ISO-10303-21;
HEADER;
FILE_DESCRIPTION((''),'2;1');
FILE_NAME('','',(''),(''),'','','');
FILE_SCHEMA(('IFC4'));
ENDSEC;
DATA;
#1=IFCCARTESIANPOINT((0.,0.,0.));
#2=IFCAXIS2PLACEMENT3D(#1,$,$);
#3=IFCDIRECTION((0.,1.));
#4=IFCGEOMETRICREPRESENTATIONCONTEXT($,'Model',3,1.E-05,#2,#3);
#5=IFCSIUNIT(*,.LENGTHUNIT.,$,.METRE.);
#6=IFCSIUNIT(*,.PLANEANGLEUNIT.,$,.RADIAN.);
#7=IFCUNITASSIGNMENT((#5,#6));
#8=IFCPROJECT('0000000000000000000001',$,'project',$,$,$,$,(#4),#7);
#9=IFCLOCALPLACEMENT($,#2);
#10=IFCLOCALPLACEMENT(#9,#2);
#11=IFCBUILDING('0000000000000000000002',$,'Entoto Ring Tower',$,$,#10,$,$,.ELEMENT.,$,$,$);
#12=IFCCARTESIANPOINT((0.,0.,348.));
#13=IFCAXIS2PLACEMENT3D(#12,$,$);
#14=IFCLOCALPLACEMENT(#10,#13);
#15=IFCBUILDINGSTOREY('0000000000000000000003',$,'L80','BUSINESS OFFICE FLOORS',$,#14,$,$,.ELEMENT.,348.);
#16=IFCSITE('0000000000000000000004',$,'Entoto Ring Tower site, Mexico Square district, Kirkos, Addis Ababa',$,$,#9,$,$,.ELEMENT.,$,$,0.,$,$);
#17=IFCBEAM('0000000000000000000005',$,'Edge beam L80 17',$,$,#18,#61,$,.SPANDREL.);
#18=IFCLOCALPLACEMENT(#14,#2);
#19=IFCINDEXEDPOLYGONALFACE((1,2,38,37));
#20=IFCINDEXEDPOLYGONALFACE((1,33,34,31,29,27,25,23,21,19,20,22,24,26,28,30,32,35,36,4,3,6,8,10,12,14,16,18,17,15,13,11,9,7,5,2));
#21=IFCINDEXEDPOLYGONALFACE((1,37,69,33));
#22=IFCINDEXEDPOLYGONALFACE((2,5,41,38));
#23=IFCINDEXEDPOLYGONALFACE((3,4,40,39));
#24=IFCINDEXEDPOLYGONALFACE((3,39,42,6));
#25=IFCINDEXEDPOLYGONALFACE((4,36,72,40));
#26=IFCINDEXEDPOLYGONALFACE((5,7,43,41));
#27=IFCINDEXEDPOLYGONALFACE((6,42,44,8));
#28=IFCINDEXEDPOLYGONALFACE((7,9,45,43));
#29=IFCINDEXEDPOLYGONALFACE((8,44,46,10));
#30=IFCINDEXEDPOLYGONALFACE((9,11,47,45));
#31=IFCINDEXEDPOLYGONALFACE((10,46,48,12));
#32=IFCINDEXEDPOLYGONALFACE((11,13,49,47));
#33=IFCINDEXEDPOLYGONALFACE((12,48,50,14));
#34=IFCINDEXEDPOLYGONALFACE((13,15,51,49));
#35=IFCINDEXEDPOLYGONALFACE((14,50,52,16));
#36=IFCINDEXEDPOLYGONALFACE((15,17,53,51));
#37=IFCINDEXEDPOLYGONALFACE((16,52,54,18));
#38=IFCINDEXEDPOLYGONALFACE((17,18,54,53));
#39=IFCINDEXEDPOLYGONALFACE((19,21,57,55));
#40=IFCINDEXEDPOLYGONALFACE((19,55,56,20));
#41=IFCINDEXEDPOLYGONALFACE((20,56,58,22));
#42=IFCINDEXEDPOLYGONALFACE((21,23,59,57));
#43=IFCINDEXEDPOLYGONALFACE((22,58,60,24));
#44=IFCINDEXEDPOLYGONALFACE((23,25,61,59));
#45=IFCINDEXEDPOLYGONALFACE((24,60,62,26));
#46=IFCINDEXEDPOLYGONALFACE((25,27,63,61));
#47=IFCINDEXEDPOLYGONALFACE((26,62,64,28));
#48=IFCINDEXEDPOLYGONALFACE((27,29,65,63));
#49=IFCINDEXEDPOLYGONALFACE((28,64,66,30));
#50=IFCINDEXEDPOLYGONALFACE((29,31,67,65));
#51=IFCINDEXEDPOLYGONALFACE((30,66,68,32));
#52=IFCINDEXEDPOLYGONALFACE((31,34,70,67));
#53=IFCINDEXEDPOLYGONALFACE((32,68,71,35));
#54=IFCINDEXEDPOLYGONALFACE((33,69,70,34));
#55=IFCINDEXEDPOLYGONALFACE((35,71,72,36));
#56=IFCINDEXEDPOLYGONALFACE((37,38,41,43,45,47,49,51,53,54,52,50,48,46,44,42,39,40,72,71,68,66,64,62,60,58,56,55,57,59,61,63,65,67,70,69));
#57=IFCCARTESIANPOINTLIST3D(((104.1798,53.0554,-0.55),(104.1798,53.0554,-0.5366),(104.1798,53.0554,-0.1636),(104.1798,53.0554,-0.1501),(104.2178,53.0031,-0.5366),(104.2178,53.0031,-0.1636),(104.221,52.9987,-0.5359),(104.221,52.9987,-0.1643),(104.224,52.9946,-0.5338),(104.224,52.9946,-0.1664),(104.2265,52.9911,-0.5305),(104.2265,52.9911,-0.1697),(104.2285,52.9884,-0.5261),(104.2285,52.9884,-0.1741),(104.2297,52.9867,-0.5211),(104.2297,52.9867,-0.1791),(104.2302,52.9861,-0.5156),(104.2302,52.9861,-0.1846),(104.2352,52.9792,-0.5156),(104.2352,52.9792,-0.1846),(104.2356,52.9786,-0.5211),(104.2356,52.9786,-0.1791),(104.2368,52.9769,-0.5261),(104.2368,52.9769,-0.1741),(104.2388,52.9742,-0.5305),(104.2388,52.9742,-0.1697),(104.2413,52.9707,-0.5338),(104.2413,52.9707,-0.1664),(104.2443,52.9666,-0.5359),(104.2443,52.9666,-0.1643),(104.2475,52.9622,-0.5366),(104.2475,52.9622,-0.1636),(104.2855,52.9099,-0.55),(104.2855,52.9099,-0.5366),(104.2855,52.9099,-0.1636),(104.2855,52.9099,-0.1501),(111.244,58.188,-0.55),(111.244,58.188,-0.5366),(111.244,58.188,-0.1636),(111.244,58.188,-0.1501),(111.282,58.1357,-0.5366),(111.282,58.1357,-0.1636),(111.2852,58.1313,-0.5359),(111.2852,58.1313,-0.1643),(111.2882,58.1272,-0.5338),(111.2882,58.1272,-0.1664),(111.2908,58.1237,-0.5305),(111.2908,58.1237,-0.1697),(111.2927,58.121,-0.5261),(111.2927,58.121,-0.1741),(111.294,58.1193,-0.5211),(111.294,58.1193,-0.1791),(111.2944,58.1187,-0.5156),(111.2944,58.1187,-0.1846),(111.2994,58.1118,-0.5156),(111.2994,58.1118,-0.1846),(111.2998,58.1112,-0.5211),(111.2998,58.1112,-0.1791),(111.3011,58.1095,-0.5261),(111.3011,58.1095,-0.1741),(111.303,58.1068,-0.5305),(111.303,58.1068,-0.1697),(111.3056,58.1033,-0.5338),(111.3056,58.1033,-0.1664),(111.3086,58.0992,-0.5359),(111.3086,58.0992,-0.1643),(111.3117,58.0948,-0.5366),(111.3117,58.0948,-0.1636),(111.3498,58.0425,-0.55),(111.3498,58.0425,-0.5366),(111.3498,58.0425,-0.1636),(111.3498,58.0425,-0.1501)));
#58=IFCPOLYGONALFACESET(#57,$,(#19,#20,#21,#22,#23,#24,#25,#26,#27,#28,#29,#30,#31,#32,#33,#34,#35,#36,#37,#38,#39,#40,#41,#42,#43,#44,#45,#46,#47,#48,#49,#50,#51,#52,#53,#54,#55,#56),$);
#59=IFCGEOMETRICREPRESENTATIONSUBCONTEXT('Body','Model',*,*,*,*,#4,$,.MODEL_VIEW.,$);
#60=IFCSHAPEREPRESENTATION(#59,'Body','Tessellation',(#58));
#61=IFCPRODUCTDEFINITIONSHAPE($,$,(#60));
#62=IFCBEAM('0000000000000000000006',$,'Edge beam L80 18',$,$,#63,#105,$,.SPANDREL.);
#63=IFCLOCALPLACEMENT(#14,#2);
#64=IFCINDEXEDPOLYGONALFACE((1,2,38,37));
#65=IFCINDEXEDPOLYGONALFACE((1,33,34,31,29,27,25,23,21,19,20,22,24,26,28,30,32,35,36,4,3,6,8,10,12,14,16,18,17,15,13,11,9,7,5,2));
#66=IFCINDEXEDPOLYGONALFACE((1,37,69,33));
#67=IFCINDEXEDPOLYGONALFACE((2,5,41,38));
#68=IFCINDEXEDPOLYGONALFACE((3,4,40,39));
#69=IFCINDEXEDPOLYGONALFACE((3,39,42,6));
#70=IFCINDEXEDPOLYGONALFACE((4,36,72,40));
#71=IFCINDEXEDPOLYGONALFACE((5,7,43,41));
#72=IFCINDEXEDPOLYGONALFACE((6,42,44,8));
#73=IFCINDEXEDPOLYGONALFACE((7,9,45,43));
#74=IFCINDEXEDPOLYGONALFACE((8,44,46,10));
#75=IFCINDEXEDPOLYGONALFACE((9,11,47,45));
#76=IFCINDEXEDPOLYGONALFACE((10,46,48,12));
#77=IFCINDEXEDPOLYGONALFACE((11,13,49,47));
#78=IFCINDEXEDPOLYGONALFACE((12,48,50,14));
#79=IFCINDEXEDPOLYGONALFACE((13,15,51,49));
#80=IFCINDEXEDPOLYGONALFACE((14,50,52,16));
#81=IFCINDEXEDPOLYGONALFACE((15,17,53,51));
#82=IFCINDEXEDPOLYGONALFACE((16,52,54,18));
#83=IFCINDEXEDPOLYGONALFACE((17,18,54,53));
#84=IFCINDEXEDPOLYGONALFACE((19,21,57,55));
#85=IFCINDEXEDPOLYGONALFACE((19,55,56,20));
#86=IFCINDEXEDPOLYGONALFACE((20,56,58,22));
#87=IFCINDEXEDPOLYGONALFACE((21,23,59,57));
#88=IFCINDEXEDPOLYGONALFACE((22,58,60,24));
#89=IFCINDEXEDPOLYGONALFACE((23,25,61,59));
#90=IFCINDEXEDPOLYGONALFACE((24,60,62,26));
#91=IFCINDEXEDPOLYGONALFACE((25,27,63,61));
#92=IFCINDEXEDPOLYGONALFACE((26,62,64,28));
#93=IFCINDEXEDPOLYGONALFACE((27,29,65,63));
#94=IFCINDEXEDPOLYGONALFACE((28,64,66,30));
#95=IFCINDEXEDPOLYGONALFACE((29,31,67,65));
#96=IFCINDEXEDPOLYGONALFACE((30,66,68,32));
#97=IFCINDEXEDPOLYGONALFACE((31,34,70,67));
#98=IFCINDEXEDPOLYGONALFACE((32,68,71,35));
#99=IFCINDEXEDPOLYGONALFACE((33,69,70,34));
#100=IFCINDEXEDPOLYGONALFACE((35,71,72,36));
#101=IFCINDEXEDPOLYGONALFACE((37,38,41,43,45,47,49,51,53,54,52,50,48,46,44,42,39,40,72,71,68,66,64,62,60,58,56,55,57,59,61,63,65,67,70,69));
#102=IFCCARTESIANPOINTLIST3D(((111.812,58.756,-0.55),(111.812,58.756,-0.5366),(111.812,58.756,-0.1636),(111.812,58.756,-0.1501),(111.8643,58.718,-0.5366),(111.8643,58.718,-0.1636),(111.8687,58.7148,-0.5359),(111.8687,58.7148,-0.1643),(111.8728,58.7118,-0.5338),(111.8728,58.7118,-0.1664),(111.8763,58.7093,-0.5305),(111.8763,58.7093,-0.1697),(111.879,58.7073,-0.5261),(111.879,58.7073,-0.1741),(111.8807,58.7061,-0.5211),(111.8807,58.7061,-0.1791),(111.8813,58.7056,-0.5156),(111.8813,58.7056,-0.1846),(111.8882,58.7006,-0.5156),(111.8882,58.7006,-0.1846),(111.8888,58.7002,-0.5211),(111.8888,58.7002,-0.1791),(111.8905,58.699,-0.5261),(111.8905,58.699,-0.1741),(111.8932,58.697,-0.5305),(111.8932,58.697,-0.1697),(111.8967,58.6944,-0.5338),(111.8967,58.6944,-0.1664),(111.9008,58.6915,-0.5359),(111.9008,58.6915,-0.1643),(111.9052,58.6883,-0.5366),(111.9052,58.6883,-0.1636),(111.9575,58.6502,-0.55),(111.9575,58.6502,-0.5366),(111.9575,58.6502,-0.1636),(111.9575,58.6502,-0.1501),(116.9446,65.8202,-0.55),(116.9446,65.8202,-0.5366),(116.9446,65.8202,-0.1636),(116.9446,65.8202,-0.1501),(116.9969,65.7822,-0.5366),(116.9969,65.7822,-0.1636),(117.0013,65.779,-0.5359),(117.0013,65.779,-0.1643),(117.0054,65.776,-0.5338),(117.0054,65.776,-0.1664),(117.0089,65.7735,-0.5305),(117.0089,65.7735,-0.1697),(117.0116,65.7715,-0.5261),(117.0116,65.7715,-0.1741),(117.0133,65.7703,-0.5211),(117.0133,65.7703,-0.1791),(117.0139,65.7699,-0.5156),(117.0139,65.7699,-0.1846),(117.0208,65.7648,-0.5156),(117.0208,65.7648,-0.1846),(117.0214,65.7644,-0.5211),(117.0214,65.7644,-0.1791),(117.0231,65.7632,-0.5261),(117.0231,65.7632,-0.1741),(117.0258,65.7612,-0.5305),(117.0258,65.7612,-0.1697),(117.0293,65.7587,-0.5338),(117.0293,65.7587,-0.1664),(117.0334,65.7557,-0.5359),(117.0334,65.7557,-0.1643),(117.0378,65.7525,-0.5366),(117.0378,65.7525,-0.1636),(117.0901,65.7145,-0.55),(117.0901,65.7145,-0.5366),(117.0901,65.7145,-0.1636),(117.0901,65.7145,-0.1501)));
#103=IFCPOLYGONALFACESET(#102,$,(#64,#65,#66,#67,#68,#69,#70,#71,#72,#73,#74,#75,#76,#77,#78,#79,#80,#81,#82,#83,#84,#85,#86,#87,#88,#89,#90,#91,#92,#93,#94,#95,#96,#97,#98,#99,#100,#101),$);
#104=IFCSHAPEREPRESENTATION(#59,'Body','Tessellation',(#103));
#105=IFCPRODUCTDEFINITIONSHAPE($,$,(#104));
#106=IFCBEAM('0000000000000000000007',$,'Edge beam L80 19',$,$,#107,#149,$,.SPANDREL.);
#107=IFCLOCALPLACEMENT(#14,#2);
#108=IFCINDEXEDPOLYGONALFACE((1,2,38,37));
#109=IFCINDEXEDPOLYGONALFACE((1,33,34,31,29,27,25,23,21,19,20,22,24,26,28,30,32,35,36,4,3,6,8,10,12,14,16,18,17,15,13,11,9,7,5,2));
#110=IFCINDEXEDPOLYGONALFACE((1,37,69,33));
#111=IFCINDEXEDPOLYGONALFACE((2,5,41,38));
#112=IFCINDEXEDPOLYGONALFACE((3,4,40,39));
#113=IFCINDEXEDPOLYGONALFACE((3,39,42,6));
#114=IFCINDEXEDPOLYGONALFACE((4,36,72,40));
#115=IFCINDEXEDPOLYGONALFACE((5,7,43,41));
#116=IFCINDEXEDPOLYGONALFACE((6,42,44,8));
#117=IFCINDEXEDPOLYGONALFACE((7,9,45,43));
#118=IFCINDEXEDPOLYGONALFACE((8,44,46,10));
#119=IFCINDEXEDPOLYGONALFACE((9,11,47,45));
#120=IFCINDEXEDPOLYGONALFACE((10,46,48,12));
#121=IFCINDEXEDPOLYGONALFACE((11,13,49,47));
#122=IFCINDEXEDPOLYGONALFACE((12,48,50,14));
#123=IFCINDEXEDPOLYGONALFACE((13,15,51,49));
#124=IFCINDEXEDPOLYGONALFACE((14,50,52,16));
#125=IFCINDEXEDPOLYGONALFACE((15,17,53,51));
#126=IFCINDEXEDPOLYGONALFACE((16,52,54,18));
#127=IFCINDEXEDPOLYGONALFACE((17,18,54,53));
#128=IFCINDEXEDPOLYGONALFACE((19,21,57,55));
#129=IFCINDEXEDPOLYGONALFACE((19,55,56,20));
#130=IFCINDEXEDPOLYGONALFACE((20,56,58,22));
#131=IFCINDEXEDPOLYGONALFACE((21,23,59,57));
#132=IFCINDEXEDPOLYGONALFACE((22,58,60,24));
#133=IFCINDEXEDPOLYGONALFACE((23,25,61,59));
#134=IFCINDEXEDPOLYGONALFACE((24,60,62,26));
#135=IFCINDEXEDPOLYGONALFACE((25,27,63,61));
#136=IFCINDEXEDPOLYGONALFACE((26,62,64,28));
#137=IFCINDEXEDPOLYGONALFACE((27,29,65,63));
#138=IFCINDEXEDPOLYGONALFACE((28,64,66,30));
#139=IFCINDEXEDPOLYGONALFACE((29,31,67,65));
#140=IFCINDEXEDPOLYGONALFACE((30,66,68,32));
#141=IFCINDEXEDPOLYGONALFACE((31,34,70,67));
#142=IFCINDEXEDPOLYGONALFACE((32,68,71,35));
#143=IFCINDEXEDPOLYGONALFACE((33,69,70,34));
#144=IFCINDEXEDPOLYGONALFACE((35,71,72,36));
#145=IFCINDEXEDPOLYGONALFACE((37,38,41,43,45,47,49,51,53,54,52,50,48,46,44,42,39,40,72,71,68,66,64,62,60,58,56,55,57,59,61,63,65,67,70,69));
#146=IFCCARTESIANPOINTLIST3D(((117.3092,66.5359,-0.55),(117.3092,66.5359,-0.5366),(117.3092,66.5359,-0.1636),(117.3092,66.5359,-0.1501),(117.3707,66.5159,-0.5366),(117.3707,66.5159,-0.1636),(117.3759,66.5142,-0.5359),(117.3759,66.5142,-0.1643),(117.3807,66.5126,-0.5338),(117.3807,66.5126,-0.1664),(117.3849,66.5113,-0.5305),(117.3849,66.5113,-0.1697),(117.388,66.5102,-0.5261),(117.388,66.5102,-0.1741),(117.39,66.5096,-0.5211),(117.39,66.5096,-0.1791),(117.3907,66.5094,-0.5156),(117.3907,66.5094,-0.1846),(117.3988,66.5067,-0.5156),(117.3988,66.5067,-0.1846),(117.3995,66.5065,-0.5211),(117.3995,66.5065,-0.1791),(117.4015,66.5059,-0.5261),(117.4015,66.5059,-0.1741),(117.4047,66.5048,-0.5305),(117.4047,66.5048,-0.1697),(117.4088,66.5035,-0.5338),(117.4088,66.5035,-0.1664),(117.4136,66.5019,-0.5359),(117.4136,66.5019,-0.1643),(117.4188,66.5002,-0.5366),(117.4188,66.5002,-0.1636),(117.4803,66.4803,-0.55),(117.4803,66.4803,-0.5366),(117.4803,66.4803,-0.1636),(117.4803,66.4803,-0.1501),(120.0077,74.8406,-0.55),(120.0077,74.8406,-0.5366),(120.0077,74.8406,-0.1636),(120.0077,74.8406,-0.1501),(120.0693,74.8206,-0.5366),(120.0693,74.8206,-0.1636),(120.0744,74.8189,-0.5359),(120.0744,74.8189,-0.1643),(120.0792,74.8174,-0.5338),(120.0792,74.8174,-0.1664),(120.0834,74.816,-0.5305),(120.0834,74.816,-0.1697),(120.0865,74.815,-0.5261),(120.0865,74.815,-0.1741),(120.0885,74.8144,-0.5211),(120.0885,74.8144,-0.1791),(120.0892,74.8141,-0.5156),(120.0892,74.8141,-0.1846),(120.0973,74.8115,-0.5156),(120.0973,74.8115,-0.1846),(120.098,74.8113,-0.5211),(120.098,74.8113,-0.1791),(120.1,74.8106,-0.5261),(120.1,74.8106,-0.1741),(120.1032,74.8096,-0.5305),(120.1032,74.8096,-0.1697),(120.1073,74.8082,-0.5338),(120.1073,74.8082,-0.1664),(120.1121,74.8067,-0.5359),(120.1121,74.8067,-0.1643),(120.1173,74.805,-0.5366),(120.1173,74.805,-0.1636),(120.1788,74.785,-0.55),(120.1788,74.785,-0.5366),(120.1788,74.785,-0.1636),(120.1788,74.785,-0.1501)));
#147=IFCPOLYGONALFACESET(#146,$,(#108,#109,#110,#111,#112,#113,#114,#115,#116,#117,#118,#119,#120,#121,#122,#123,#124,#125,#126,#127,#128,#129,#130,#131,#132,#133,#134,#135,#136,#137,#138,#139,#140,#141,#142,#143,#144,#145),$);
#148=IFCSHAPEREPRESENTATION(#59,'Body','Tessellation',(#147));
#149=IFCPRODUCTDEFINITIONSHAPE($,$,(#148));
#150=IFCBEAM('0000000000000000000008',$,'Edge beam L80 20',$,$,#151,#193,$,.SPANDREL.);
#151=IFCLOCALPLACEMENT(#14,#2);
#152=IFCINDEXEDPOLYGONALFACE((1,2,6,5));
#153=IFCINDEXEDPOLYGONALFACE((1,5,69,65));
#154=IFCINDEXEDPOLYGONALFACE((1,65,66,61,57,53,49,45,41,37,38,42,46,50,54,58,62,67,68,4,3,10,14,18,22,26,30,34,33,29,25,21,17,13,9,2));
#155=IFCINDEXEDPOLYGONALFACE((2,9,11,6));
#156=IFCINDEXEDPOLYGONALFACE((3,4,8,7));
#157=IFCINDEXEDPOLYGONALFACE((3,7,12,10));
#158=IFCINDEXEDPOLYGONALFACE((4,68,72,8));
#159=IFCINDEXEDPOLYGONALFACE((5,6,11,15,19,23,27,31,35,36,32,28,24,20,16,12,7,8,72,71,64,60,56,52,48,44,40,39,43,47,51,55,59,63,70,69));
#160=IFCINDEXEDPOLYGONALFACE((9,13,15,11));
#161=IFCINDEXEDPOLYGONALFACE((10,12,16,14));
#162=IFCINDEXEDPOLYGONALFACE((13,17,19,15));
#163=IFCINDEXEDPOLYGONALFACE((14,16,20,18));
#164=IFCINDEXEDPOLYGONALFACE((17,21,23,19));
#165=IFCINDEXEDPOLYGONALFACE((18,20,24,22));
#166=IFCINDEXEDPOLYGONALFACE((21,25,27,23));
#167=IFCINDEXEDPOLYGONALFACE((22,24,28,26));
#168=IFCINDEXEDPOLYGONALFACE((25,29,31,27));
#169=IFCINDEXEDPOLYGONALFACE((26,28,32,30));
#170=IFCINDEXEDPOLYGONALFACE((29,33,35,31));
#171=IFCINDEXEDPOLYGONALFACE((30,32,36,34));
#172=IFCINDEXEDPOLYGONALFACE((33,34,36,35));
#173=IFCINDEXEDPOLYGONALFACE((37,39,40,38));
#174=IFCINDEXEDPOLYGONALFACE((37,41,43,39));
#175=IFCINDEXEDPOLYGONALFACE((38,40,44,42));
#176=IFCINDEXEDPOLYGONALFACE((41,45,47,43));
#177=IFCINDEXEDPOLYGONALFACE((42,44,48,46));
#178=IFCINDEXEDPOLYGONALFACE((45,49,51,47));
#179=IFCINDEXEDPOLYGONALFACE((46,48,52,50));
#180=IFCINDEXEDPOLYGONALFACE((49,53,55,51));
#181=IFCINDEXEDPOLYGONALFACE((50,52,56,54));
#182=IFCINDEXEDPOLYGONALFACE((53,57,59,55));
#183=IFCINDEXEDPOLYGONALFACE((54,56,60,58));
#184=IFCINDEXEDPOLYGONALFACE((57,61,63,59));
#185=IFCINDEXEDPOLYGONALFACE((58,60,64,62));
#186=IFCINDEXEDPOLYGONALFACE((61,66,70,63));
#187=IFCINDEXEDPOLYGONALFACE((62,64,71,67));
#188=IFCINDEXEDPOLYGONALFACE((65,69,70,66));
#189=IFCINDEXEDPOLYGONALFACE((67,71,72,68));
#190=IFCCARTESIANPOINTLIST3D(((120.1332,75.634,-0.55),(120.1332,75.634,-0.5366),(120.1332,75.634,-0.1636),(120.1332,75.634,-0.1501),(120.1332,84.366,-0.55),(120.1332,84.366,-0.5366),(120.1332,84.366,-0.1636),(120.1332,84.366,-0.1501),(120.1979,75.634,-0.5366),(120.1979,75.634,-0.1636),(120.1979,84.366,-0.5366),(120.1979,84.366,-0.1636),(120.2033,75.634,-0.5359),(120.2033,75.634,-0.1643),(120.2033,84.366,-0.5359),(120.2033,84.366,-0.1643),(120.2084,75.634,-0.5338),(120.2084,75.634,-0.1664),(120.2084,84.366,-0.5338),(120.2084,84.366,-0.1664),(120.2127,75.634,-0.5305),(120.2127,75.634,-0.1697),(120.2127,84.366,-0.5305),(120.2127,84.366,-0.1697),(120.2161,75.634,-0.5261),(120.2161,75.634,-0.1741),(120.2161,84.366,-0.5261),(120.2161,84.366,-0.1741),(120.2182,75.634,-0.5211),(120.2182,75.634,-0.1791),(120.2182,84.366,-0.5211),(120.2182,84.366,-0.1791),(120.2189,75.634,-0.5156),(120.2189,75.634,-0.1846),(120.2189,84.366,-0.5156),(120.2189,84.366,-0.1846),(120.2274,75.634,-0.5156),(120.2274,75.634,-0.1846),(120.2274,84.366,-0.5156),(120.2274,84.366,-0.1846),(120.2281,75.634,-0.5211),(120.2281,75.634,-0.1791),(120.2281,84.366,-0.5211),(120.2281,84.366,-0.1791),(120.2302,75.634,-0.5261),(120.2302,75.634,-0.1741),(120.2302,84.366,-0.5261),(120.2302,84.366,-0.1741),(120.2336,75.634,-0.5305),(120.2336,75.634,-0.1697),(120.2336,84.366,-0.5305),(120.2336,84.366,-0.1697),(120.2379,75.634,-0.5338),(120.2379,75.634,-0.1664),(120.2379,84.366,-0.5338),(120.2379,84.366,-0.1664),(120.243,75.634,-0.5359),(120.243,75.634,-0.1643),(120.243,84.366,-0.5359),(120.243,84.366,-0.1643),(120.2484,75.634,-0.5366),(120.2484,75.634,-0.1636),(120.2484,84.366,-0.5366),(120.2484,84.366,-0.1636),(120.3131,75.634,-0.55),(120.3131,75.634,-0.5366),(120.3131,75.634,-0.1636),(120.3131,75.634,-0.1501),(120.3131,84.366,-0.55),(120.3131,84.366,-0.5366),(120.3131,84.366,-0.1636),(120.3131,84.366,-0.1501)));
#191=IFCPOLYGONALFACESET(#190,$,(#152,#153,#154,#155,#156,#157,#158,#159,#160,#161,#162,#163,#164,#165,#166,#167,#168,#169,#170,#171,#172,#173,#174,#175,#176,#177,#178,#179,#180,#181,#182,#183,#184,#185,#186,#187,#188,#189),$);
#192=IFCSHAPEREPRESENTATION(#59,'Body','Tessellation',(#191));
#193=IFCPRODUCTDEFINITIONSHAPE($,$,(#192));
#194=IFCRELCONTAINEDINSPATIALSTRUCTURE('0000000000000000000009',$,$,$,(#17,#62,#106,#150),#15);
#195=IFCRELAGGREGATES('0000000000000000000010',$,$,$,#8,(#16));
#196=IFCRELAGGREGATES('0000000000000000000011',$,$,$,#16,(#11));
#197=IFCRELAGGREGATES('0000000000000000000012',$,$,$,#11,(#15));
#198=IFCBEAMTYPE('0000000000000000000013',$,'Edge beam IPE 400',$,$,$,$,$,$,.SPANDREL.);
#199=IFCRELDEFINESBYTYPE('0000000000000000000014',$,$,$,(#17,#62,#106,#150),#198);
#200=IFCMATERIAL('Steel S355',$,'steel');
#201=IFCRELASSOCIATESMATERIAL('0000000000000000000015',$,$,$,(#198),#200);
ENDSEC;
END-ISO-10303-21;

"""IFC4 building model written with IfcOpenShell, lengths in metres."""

from ifc_helpers import new_model, si_unit, direction, frame, origin, origin_2d, place, context, subcontext, project, spatial, i_section, extrude, material, material_profile, profile_set, type_object, element, save


model = new_model("IFC4")

# Units and contexts
model_context = context("Model", 3, precision=1e-05, world=origin(), true_north=direction((0.0, 1.0)))
body_context = subcontext(model_context, "Body", "Model", "MODEL_VIEW")
ifc_project = project(units=[si_unit("LENGTHUNIT", "METRE"), si_unit("PLANEANGLEUNIT", "RADIAN")], contexts=[model_context])

# Site, building, storey
site_placement = place(None, origin())
site = spatial("IfcSite", under=ifc_project, at=site_placement, Name="Entoto Ring Tower site, Mexico Square district, Kirkos, Addis Ababa", CompositionType="ELEMENT", RefElevation=0.0)
building_placement = place(site_placement, origin())
building = spatial("IfcBuilding", under=site, at=building_placement, Name="Entoto Ring Tower", CompositionType="ELEMENT")
storey_placement = place(building_placement, frame((0.0, 0.0, 348.0)))
storey = spatial("IfcBuildingStorey", under=building, at=storey_placement, Name="L80", Description="BUSINESS OFFICE FLOORS", CompositionType="ELEMENT", Elevation=348.0)

# Beams
ifc_material_1 = material(Name="Steel S355", Category="steel")
ifc_material_profile_1 = material_profile(ifc_material_1, i_section(OverallWidth=0.1799, OverallDepth=0.3999, WebThickness=0.0085, FlangeThickness=0.0134, FilletRadius=0.021, at=origin_2d()), Name="IPE 400")
ifc_profile_set_1 = profile_set([ifc_material_profile_1], Name="Steel S355")
beam_type_1 = type_object("IfcBeamType", Name="Edge beam IPE 400", PredefinedType="SPANDREL", material=ifc_profile_set_1)
for number, where, z_axis, x_axis, name in (
    (1, (104.2327, 52.9827, -0.3501), (0.80901, 0.587794, 0.0), (-0.587794, 0.80901, 0.0), "Edge beam L80 17"),
    (2, (111.8848, 58.7031, -0.3501), (0.587794, 0.80901, 0.0), (-0.80901, 0.587794, 0.0), "Edge beam L80 18"),
):
    element("IfcBeam", number, at=place(storey_placement, frame(where, z_axis=z_axis, x_axis=x_axis)), inside=storey, type_object=beam_type_1, Name=name, PredefinedType="SPANDREL", context=body_context, shape_type="SweptSolid", body=[
        extrude(i_section(OverallWidth=0.1799, OverallDepth=0.3999, WebThickness=0.0085, FlangeThickness=0.0134, FilletRadius=0.021, at=origin_2d()), origin(), (0.0, 0.0, 1.0), 8.7319),
    ])
beam_1_placement = place(storey_placement, frame((117.3948, 66.5081, -0.3501), z_axis=(0.30903, 0.951052, 0.0), x_axis=(-0.951052, 0.30903, 0.0)))
element("IfcBeam", 3, at=beam_1_placement, inside=storey, type_object=beam_type_1, Name="Edge beam L80 19", PredefinedType="SPANDREL", context=body_context, shape_type="SweptSolid", body=[
    extrude(i_section(OverallWidth=0.1799, OverallDepth=0.3999, WebThickness=0.0085, FlangeThickness=0.0134, FilletRadius=0.021, at=origin_2d()), origin(), (0.0, 0.0, 1.0), 8.7322),
])
beam_2_placement = place(storey_placement, frame((120.2231, 75.634, -0.3501), z_axis=(0.0, 1.0, 0.0), x_axis=(-1.0, 0.0, 0.0)))
element("IfcBeam", 4, at=beam_2_placement, inside=storey, type_object=beam_type_1, Name="Edge beam L80 20", PredefinedType="SPANDREL", context=body_context, shape_type="SweptSolid", body=[
    extrude(i_section(OverallWidth=0.1799, OverallDepth=0.3999, WebThickness=0.0085, FlangeThickness=0.0134, FilletRadius=0.021, at=origin_2d()), origin(), (0.0, 0.0, 1.0), 8.7319),
])

save(model, "model.ifc")
